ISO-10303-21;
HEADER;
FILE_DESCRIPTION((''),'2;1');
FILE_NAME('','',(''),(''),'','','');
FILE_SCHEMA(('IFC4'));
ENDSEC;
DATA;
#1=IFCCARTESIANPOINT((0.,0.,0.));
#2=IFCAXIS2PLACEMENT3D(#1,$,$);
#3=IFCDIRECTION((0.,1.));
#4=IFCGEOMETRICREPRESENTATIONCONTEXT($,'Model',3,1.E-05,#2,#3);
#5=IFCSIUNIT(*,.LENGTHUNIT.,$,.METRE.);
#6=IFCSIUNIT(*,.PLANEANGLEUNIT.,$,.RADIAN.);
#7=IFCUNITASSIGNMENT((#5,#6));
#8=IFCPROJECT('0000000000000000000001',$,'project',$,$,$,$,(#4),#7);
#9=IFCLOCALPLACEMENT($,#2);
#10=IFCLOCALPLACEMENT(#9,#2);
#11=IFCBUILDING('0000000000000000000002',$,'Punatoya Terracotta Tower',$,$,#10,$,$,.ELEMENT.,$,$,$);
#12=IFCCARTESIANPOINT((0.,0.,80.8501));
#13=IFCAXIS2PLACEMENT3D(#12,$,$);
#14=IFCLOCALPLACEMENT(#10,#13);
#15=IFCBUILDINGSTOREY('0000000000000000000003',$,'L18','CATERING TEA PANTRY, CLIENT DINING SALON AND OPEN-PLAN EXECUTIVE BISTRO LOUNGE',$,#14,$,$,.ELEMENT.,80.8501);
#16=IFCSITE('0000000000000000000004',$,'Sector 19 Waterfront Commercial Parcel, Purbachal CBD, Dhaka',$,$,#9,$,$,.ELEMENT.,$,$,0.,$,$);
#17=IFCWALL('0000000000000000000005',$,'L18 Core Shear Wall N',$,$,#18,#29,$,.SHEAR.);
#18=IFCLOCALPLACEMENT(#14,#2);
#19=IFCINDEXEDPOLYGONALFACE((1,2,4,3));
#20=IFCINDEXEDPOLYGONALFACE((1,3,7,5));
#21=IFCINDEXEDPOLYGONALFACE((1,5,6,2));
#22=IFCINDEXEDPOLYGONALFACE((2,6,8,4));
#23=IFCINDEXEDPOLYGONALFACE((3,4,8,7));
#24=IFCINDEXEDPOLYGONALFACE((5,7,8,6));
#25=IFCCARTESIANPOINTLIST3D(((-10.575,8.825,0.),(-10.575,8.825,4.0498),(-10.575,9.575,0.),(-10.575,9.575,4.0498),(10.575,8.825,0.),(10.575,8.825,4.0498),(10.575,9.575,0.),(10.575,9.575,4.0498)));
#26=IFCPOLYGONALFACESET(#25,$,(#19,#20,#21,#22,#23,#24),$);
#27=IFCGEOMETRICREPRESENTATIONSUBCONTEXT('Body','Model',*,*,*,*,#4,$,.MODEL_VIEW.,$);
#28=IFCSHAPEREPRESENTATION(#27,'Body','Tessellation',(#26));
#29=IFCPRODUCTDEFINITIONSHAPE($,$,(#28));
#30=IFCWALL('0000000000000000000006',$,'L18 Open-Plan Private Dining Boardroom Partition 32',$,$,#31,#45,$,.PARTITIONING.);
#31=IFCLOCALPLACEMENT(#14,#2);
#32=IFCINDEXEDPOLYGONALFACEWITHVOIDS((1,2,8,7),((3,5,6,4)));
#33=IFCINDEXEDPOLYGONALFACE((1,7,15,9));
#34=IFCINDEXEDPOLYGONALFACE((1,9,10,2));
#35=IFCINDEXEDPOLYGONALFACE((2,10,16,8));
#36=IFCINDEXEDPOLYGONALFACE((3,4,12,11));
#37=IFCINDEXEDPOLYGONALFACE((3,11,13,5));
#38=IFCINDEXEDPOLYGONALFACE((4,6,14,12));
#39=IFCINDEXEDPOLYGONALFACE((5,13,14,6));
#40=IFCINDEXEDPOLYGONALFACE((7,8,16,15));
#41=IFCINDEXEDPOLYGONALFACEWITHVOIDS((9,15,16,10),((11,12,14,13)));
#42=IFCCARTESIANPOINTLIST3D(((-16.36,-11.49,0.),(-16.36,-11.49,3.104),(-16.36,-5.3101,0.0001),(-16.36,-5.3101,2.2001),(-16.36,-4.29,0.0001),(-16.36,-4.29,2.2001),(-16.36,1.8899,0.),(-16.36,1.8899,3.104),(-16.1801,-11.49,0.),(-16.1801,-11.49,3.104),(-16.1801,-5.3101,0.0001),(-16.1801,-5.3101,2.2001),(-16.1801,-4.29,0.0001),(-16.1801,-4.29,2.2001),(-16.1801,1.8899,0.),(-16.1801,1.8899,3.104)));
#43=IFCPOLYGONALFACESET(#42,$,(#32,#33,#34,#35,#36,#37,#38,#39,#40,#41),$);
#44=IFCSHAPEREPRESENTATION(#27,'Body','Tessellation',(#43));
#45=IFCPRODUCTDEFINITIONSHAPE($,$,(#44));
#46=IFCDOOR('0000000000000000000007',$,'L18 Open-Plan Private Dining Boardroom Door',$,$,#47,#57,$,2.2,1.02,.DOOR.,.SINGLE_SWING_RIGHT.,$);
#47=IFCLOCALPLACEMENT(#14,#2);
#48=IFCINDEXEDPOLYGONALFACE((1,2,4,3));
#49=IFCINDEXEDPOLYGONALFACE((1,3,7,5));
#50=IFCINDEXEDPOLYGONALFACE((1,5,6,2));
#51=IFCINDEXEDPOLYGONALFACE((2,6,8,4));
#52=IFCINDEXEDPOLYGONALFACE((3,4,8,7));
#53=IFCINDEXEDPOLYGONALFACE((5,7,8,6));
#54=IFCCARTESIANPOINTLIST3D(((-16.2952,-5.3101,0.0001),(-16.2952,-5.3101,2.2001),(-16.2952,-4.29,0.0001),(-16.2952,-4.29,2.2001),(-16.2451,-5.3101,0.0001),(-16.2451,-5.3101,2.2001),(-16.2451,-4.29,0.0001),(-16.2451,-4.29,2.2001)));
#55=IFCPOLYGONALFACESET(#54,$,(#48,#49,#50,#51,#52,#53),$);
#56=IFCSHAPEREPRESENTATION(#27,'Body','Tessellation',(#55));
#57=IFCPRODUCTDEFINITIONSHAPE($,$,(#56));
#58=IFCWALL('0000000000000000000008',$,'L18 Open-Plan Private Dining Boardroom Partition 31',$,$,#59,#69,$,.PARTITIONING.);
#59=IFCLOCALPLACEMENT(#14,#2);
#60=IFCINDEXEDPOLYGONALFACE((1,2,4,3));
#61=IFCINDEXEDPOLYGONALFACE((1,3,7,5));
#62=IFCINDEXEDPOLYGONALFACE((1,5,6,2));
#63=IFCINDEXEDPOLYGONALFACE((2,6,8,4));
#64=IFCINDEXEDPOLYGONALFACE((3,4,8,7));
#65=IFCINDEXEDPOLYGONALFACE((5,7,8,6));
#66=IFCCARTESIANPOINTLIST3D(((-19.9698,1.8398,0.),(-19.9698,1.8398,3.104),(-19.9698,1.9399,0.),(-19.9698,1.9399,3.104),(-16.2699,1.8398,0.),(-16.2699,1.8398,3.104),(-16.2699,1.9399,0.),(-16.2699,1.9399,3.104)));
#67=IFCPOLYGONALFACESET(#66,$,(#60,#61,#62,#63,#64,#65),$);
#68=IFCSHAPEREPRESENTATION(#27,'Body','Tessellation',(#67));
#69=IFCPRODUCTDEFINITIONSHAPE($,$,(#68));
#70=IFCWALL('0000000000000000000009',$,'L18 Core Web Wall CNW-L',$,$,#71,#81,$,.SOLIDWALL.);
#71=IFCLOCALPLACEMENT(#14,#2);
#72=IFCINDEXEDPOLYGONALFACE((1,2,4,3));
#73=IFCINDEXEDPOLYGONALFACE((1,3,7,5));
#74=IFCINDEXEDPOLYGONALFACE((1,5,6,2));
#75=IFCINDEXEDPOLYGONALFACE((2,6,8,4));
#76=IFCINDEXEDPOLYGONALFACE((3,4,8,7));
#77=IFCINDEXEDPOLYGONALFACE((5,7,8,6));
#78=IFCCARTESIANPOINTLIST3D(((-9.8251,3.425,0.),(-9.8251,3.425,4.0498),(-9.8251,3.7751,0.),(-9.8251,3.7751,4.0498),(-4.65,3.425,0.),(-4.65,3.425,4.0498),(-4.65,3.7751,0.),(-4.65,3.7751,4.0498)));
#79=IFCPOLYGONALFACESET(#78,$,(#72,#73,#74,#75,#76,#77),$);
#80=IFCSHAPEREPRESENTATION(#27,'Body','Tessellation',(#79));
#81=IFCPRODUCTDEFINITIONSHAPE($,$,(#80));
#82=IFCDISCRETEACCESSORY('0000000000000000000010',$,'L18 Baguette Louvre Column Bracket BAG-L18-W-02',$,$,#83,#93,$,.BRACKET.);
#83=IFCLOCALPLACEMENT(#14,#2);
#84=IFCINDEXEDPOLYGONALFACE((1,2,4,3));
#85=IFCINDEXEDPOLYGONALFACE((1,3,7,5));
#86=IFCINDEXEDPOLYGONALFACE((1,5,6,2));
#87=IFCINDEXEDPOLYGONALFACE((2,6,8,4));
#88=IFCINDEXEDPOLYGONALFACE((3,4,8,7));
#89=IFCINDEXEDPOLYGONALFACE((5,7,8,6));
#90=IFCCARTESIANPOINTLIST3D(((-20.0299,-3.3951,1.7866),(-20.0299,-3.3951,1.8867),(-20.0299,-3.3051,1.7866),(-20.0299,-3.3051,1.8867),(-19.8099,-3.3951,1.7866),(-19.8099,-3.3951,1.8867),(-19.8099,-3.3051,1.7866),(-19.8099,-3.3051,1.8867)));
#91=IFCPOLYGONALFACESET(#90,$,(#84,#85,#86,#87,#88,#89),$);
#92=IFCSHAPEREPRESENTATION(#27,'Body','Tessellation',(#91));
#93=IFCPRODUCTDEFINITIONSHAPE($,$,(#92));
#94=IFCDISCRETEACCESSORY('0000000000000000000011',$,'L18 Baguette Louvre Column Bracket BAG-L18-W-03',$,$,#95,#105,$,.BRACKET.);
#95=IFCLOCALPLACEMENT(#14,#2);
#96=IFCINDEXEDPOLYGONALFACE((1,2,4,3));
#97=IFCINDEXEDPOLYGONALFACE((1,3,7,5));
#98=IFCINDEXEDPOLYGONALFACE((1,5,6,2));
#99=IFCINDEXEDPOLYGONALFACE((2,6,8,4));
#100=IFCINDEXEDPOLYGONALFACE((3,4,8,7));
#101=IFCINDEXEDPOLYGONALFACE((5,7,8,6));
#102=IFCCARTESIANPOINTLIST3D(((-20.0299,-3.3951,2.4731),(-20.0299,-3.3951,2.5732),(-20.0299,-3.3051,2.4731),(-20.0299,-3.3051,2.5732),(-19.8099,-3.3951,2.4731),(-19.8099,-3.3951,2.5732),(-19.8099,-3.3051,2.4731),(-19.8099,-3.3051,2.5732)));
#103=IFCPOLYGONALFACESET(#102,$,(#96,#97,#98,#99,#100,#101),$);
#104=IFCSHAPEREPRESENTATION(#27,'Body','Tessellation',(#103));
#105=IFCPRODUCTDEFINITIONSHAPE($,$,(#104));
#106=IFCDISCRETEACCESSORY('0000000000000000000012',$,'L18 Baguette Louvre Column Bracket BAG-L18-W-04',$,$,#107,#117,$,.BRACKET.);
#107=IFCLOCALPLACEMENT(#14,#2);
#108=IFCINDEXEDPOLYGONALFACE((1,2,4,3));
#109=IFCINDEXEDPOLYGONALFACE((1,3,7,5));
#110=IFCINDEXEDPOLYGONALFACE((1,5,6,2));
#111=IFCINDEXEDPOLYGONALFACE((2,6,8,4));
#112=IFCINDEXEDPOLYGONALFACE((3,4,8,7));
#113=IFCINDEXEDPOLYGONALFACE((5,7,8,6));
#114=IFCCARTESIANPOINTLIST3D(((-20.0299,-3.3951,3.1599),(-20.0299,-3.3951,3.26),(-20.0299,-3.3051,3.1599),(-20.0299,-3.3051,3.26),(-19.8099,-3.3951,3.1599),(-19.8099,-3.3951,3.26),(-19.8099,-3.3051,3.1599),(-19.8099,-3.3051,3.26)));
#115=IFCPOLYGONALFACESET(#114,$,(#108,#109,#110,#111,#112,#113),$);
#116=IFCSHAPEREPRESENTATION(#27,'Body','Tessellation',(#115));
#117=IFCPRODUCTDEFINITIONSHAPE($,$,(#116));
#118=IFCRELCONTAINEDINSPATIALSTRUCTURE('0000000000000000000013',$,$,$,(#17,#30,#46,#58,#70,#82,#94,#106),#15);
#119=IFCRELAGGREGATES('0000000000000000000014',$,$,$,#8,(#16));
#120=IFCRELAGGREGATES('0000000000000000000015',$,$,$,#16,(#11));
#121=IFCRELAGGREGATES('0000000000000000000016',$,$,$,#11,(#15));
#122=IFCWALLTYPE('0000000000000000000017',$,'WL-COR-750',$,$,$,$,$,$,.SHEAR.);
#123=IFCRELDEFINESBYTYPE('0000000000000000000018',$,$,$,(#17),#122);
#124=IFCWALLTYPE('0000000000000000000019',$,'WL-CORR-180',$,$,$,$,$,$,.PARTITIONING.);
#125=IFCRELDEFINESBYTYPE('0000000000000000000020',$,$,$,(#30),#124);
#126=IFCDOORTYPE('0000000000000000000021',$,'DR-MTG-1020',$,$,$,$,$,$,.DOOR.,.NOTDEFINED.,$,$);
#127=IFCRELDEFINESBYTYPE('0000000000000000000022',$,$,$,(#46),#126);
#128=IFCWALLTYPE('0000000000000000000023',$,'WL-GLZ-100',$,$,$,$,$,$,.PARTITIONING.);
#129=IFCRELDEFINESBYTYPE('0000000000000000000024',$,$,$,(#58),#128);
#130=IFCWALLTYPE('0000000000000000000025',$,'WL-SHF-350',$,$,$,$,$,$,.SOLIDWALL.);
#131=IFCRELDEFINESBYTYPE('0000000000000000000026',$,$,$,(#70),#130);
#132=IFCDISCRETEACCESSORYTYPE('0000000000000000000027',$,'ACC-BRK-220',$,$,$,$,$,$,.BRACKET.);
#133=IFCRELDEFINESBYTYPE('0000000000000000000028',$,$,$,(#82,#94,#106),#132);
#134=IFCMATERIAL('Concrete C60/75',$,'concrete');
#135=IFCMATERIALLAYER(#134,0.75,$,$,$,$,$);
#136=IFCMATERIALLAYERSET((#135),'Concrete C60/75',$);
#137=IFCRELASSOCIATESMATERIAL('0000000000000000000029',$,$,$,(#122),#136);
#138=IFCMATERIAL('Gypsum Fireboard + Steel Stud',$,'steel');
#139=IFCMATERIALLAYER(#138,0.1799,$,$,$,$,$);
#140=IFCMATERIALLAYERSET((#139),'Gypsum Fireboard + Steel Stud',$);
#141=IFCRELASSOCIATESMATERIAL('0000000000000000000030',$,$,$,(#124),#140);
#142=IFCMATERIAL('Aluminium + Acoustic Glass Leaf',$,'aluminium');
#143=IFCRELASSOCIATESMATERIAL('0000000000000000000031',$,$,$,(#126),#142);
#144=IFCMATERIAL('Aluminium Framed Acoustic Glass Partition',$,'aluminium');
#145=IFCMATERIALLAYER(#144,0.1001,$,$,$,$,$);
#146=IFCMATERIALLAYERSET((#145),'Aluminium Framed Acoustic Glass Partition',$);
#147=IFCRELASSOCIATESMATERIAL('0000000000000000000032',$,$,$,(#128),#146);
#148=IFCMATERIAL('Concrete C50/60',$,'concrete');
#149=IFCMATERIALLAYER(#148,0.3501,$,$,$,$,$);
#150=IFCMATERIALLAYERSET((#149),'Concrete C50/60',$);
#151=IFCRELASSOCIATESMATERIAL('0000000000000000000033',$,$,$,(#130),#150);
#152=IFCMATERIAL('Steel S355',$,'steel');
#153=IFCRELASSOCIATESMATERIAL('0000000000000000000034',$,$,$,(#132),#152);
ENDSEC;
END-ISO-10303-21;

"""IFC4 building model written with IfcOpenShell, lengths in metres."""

from ifc_helpers import new_model, si_unit, direction, frame, frame_2d, origin, origin_2d, place, context, subcontext, project, spatial, rectangle, extrude, material, layer, layer_set, type_object, element, fill, save


model = new_model("IFC4")

# Units and contexts
model_context = context("Model", 3, precision=1e-05, world=origin(), true_north=direction((0.0, 1.0)))
body_context = subcontext(model_context, "Body", "Model", "MODEL_VIEW")
ifc_project = project(units=[si_unit("LENGTHUNIT", "METRE"), si_unit("PLANEANGLEUNIT", "RADIAN")], contexts=[model_context])

# Site, building, storey
site_placement = place(None, origin())
site = spatial("IfcSite", under=ifc_project, at=site_placement, Name="Sector 19 Waterfront Commercial Parcel, Purbachal CBD, Dhaka", CompositionType="ELEMENT", RefElevation=0.0)
building_placement = place(site_placement, origin())
building = spatial("IfcBuilding", under=site, at=building_placement, Name="Punatoya Terracotta Tower", CompositionType="ELEMENT")
storey_placement = place(building_placement, frame((0.0, 0.0, 80.8501)))
storey = spatial("IfcBuildingStorey", under=building, at=storey_placement, Name="L18", Description="CATERING TEA PANTRY, CLIENT DINING SALON AND OPEN-PLAN EXECUTIVE BISTRO LOUNGE", CompositionType="ELEMENT", Elevation=80.8501)

# Shared definitions
ifc_material_1 = material(Name="Steel S355", Category="steel")

# Wall
ifc_material_2 = material(Name="Concrete C60/75", Category="concrete")
ifc_layer_1 = layer(ifc_material_2, 0.75)
ifc_layer_set_1 = layer_set([ifc_layer_1], Name="Concrete C60/75")
wall_type_1 = type_object("IfcWallType", Name="WL-COR-750", PredefinedType="SHEAR", material=ifc_layer_set_1)
wall_1_placement = place(storey_placement, frame((-10.575, 9.2, 0.0), z_axis=(0.0, 0.0, 1.0), x_axis=(1.0, 0.0, 0.0)))
element("IfcWall", 1, at=wall_1_placement, inside=storey, type_object=wall_type_1, Name="L18 Core Shear Wall N", PredefinedType="SHEAR", context=body_context, shape_type="SweptSolid", body=[
    extrude(rectangle(XDim=21.1499, YDim=0.75, at=frame_2d((10.575, 0.0))), origin(), (0.0, 0.0, 1.0), 4.0498),
])

# Wall, opening, door
ifc_material_3 = material(Name="Gypsum Fireboard + Steel Stud", Category="steel")
ifc_layer_2 = layer(ifc_material_3, 0.1799)
ifc_layer_set_2 = layer_set([ifc_layer_2], Name="Gypsum Fireboard + Steel Stud")
wall_type_2 = type_object("IfcWallType", Name="WL-CORR-180", PredefinedType="PARTITIONING", material=ifc_layer_set_2)
wall_2_placement = place(storey_placement, frame((-16.27, 1.8899, 0.0), z_axis=(0.0, 0.0, 1.0), x_axis=(0.0, -1.0, 0.0)))
wall_2 = element("IfcWall", 2, at=wall_2_placement, inside=storey, type_object=wall_type_2, Name="L18 Open-Plan Private Dining Boardroom Partition 32", PredefinedType="PARTITIONING", context=body_context, shape_type="SweptSolid", body=[
    extrude(rectangle(XDim=13.3799, YDim=0.1799, at=frame_2d((6.6899, 0.0))), origin(), (0.0, 0.0, 1.0), 3.104),
])
opening_placement = place(wall_2_placement, frame((6.1799, 0.0, 0.0)))
opening = element("IfcOpeningElement", 3, at=opening_placement, cuts=wall_2, PredefinedType="OPENING", context=body_context, shape_type="SweptSolid", body=[
    extrude(rectangle(XDim=1.02, YDim=2.2, at=frame_2d((0.51, 1.1001))), frame((0.0, 0.0999, 0.0), z_axis=(0.0, -1.0, 0.0), x_axis=(1.0, 0.0, 0.0)), (0.0, 0.0, 1.0), 0.2),
])
ifc_material_4 = material(Name="Aluminium + Acoustic Glass Leaf", Category="aluminium")
door_type = type_object("IfcDoorType", Name="DR-MTG-1020", OperationType="NOTDEFINED", PredefinedType="DOOR", material=ifc_material_4)
door_placement = place(opening_placement, origin())
door = element("IfcDoor", 4, at=door_placement, inside=storey, type_object=door_type, Name="L18 Open-Plan Private Dining Boardroom Door", OperationType="SINGLE_SWING_RIGHT", OverallHeight=2.2, OverallWidth=1.02, PredefinedType="DOOR", context=body_context, shape_type="SweptSolid", body=[
    extrude(rectangle(XDim=1.02, YDim=2.2, at=frame_2d((0.51, 1.1001))), frame((0.0, 0.0249, 0.0), z_axis=(0.0, -1.0, 0.0), x_axis=(1.0, 0.0, 0.0)), (0.0, 0.0, 1.0), 0.05),
])
fill(opening, door)

# Walls
ifc_material_5 = material(Name="Aluminium Framed Acoustic Glass Partition", Category="aluminium")
ifc_layer_3 = layer(ifc_material_5, 0.1001)
ifc_layer_set_3 = layer_set([ifc_layer_3], Name="Aluminium Framed Acoustic Glass Partition")
wall_type_3 = type_object("IfcWallType", Name="WL-GLZ-100", PredefinedType="PARTITIONING", material=ifc_layer_set_3)
wall_3_placement = place(storey_placement, frame((-19.97, 1.8899, 0.0), z_axis=(0.0, 0.0, 1.0), x_axis=(1.0, 0.0, 0.0)))
element("IfcWall", 5, at=wall_3_placement, inside=storey, type_object=wall_type_3, Name="L18 Open-Plan Private Dining Boardroom Partition 31", PredefinedType="PARTITIONING", context=body_context, shape_type="SweptSolid", body=[
    extrude(rectangle(XDim=3.7, YDim=0.1001, at=frame_2d((1.8501, 0.0))), origin(), (0.0, 0.0, 1.0), 3.104),
])
ifc_material_6 = material(Name="Concrete C50/60", Category="concrete")
ifc_layer_4 = layer(ifc_material_6, 0.3501)
ifc_layer_set_4 = layer_set([ifc_layer_4], Name="Concrete C50/60")
wall_type_4 = type_object("IfcWallType", Name="WL-SHF-350", PredefinedType="SOLIDWALL", material=ifc_layer_set_4)
wall_4_placement = place(storey_placement, frame((-9.825, 3.6001, 0.0), z_axis=(0.0, 0.0, 1.0), x_axis=(1.0, 0.0, 0.0)))
element("IfcWall", 6, at=wall_4_placement, inside=storey, type_object=wall_type_4, Name="L18 Core Web Wall CNW-L", PredefinedType="SOLIDWALL", context=body_context, shape_type="SweptSolid", body=[
    extrude(rectangle(XDim=5.175, YDim=0.3501, at=frame_2d((2.5874, 0.0))), origin(), (0.0, 0.0, 1.0), 4.0498),
])

# Discrete accessories
discrete_accessory_type = type_object("IfcDiscreteAccessoryType", Name="ACC-BRK-220", PredefinedType="BRACKET", material=ifc_material_1)
for number, where, z_axis, x_axis, name in (
    (7, (-19.9199, -3.3501, 1.7866), (0.0, 0.0, 1.0), (0.0, 1.0, 0.0), "L18 Baguette Louvre Column Bracket BAG-L18-W-02"),
    (8, (-19.9199, -3.3501, 2.4731), (0.0, 0.0, 1.0), (0.0, 1.0, 0.0), "L18 Baguette Louvre Column Bracket BAG-L18-W-03"),
    (9, (-19.9199, -3.3501, 3.1599), (0.0, 0.0, 1.0), (0.0, 1.0, 0.0), "L18 Baguette Louvre Column Bracket BAG-L18-W-04"),
):
    element("IfcDiscreteAccessory", number, at=place(storey_placement, frame(where, z_axis=z_axis, x_axis=x_axis)), inside=storey, type_object=discrete_accessory_type, Name=name, PredefinedType="BRACKET", context=body_context, shape_type="SweptSolid", body=[
        extrude(rectangle(XDim=0.0901, YDim=0.22, at=origin_2d()), origin(), (0.0, 0.0, 1.0), 0.1001),
    ])

save(model, "model.ifc")
